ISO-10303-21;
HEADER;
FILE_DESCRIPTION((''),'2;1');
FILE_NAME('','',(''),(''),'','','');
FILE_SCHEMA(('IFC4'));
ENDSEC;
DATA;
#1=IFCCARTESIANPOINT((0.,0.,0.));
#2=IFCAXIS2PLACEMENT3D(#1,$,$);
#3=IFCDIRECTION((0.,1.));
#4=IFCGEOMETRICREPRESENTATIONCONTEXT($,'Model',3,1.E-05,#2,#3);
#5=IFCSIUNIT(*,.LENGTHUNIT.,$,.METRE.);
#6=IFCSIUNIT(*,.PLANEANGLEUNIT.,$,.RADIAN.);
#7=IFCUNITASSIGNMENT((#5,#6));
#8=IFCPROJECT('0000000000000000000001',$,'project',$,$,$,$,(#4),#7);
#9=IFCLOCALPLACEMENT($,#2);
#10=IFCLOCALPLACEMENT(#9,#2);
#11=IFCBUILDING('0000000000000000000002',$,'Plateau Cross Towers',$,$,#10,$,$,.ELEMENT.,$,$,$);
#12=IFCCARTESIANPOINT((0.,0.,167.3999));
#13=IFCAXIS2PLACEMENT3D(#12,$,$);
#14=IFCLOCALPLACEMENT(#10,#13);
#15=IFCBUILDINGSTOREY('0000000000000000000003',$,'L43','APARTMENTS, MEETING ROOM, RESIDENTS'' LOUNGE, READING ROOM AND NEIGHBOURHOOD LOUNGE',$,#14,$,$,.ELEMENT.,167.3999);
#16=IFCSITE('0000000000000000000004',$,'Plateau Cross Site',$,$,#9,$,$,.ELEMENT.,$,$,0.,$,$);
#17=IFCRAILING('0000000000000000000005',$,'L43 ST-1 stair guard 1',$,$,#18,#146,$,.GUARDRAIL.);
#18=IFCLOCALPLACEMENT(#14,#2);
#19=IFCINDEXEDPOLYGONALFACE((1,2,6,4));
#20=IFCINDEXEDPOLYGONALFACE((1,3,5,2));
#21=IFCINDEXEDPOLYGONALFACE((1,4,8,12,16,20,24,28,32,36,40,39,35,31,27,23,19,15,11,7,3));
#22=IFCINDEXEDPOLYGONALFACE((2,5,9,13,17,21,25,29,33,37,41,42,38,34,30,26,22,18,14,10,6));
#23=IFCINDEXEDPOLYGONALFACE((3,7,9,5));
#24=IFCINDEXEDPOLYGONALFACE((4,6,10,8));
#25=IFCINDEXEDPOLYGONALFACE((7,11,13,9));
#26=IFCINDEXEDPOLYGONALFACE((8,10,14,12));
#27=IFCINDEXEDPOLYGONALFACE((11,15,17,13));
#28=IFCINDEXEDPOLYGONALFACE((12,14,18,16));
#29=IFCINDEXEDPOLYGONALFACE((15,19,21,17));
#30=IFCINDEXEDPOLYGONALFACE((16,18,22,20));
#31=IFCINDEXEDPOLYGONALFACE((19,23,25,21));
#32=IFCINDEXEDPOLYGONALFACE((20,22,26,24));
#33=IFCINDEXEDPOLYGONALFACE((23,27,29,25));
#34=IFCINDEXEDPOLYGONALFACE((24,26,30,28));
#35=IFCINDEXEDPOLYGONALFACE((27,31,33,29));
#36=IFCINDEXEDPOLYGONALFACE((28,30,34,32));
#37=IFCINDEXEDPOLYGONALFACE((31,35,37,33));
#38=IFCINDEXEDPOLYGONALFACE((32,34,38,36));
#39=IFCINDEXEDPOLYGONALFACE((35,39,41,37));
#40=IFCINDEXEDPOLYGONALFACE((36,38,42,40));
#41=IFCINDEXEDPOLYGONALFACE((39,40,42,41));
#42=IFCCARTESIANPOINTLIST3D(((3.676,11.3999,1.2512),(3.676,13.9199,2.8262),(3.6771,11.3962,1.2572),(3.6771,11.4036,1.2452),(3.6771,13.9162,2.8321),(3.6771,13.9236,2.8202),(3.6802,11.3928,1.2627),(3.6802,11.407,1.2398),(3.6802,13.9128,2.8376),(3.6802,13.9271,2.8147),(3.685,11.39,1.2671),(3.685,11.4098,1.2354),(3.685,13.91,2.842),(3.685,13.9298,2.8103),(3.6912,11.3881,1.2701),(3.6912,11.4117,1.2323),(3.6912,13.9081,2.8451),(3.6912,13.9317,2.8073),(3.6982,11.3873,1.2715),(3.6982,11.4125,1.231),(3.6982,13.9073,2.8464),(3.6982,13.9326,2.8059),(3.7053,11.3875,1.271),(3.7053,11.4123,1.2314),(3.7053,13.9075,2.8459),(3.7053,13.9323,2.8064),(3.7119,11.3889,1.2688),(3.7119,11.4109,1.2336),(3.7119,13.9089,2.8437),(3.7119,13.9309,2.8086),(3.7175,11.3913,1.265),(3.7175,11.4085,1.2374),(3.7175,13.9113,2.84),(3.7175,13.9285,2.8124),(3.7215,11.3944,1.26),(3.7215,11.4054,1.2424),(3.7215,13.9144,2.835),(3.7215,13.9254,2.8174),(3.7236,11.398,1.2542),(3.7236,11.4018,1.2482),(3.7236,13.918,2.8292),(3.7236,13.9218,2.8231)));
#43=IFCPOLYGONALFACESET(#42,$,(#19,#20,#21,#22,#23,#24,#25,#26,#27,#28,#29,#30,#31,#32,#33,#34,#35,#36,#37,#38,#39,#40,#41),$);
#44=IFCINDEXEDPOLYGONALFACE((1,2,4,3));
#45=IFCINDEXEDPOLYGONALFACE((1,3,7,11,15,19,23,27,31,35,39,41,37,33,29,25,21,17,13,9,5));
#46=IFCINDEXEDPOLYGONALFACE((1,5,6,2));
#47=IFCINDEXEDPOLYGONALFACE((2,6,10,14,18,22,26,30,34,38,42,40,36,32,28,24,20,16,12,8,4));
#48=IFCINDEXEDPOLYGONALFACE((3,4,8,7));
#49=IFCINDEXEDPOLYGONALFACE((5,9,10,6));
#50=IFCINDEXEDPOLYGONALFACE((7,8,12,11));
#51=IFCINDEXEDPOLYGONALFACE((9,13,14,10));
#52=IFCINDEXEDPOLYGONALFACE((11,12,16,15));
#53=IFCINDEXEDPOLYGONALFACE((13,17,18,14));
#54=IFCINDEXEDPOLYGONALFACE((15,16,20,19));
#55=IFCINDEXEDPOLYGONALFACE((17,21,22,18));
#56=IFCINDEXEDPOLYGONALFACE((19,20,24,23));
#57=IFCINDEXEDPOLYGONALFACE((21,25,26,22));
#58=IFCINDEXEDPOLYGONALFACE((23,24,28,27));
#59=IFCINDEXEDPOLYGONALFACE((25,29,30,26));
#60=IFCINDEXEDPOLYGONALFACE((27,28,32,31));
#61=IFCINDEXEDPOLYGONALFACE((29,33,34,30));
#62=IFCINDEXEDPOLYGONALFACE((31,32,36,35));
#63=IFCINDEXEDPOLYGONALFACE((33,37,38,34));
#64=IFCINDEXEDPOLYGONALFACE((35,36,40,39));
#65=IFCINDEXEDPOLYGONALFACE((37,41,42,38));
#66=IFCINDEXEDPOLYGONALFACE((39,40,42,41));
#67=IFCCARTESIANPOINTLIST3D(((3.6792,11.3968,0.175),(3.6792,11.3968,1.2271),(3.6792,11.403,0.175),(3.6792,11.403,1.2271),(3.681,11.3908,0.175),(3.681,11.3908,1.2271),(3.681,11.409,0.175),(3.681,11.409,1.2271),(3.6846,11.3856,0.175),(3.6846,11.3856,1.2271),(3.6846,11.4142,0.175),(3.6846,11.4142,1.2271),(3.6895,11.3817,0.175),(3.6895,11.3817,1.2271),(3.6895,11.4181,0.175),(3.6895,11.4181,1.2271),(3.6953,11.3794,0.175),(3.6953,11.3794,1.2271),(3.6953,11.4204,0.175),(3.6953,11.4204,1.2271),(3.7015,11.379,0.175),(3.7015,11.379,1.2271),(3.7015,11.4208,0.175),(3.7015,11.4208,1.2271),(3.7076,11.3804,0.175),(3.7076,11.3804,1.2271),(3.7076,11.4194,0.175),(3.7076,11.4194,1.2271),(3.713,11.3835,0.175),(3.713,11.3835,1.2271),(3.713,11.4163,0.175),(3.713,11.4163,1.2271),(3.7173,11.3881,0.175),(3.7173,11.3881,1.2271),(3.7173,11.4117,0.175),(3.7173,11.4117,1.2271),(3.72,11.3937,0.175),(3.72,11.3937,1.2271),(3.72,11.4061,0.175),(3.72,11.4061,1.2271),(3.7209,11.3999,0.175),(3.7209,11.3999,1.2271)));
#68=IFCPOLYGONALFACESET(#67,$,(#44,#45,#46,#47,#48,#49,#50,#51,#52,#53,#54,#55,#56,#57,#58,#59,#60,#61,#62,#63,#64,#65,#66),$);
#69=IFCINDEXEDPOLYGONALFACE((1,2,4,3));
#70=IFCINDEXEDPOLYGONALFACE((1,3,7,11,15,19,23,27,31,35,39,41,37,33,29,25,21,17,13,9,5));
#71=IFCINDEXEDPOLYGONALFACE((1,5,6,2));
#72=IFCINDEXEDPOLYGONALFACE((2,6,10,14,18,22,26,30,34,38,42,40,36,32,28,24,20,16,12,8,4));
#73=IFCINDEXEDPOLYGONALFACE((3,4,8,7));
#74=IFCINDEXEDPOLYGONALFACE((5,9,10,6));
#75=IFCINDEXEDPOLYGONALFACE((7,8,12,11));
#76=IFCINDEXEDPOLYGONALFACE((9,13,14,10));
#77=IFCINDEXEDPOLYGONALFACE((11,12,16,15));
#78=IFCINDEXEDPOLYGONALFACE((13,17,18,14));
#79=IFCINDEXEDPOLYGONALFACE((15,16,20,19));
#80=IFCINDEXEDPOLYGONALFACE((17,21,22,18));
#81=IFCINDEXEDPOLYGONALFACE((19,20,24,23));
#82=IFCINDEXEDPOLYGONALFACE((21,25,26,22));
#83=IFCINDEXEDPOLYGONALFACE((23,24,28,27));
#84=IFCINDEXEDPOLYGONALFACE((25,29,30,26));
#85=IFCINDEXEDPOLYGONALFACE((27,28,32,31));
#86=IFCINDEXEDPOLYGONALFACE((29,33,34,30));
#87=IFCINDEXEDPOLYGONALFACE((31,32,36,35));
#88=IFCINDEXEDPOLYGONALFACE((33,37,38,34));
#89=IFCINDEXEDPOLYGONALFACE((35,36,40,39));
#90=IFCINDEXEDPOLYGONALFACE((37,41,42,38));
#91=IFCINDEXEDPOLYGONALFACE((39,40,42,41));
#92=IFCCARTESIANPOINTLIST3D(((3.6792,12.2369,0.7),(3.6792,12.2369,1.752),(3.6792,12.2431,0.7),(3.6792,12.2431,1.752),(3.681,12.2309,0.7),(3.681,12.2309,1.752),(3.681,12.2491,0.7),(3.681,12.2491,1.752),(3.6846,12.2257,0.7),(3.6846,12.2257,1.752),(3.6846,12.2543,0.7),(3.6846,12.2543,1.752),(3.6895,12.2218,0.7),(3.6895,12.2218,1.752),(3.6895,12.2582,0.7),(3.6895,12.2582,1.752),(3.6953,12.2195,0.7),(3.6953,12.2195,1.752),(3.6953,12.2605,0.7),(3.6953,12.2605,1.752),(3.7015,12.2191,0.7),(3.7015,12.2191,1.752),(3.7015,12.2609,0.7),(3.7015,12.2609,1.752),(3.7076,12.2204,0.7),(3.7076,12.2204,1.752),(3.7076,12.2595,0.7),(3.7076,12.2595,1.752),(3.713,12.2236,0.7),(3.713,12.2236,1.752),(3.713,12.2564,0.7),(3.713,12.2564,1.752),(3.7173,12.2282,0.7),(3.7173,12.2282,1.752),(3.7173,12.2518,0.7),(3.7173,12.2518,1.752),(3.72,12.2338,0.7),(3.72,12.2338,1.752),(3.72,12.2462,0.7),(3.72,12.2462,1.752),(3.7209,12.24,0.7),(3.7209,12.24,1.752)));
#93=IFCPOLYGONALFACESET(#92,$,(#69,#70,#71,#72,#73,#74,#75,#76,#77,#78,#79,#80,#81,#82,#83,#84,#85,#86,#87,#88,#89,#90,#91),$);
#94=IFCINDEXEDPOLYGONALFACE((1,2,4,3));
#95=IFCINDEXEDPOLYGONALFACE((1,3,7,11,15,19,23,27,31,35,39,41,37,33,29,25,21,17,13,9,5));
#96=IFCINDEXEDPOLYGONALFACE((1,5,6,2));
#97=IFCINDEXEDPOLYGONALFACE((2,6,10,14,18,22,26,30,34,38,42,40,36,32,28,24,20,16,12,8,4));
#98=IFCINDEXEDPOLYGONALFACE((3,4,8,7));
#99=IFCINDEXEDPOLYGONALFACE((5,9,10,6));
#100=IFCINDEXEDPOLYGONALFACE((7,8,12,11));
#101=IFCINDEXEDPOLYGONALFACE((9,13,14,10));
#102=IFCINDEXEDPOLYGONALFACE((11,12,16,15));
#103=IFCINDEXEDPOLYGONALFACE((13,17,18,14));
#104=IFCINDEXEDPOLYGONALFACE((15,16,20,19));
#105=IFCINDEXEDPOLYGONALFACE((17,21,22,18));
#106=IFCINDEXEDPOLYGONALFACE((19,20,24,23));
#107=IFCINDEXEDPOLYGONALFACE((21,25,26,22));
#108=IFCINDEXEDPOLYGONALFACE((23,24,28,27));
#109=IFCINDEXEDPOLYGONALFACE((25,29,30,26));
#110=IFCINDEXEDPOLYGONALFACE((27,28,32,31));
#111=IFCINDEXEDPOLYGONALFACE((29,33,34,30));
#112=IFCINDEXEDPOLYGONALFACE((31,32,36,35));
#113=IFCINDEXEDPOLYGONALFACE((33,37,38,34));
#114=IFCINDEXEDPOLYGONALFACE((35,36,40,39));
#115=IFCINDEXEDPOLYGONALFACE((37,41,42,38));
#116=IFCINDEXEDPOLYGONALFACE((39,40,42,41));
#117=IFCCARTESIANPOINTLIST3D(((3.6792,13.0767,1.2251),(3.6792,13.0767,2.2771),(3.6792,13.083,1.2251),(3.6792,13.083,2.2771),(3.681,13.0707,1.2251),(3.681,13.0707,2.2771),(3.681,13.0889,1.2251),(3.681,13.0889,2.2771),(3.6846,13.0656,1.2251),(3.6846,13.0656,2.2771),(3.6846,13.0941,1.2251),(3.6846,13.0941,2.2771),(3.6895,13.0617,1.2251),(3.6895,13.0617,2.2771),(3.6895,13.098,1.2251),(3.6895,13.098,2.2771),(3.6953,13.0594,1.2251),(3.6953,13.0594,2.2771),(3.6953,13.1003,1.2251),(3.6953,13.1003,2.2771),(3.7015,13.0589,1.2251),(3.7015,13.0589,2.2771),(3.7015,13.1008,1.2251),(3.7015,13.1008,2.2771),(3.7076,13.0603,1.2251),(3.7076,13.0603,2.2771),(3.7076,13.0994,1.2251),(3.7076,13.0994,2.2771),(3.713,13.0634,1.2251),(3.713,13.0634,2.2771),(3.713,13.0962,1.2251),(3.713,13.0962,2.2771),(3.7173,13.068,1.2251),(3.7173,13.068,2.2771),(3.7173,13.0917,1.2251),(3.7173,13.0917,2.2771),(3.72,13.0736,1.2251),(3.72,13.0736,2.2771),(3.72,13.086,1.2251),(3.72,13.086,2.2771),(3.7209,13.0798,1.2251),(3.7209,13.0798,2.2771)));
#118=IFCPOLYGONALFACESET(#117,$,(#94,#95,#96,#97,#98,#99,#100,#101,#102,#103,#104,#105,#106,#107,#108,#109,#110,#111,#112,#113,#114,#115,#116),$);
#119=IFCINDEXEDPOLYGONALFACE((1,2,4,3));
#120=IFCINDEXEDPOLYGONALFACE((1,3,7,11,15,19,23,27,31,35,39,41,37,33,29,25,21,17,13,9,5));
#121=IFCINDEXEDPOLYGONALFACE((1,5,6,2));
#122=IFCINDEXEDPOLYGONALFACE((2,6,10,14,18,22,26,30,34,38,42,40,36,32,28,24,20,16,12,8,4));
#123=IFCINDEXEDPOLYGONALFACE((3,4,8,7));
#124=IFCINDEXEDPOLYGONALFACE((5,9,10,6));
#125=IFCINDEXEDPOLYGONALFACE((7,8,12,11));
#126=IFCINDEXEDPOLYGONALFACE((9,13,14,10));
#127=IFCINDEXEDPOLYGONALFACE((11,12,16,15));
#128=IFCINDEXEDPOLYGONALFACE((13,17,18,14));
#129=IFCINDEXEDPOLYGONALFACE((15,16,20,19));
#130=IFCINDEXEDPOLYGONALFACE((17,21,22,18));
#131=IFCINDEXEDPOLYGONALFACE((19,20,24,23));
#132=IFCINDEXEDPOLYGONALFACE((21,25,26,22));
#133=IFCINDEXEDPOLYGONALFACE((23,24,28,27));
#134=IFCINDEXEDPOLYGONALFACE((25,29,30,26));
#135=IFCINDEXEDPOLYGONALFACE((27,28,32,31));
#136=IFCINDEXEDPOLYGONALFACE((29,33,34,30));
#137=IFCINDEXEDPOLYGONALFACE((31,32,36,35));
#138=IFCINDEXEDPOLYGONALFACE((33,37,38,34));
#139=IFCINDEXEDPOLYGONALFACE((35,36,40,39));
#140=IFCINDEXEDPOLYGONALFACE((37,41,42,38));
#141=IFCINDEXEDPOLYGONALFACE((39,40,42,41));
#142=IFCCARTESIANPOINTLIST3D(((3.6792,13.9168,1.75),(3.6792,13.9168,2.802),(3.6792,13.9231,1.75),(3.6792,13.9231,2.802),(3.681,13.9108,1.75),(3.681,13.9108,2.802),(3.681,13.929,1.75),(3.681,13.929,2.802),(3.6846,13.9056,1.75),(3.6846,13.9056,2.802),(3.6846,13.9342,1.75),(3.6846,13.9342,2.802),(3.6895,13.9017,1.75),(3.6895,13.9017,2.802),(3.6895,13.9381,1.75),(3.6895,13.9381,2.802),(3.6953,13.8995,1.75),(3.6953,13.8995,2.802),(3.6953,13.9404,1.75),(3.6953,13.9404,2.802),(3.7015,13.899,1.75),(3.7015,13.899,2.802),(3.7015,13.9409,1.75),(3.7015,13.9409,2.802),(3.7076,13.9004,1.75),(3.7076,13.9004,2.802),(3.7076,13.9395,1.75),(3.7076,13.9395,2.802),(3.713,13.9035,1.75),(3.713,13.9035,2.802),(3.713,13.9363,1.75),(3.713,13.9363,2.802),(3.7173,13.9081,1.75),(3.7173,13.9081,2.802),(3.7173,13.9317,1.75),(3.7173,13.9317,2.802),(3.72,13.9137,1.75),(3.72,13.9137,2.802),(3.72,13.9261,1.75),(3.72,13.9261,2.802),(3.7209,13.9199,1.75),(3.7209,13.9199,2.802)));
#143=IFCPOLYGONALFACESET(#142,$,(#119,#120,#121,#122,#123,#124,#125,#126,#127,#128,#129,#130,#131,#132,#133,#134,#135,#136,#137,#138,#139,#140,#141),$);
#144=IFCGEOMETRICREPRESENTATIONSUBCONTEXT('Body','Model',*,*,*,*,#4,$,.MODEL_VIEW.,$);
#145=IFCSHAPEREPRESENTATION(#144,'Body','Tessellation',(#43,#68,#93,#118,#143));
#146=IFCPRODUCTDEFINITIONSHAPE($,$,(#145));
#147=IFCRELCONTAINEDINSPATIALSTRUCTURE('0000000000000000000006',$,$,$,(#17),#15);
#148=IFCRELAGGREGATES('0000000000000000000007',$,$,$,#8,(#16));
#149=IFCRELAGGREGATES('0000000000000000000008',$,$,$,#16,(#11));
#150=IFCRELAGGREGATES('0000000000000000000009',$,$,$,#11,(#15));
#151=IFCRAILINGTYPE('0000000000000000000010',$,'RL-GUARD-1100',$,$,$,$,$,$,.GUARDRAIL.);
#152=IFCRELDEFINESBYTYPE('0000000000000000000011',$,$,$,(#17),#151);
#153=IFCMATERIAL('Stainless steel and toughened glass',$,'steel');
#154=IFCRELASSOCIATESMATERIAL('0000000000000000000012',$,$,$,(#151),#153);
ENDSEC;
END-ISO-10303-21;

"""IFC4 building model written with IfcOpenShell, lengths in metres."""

from ifc_helpers import new_model, si_unit, direction, frame, origin, origin_2d, place, context, subcontext, project, spatial, circle, extrude, material, type_object, element, save


model = new_model("IFC4")

# Units and contexts
model_context = context("Model", 3, precision=1e-05, world=origin(), true_north=direction((0.0, 1.0)))
body_context = subcontext(model_context, "Body", "Model", "MODEL_VIEW")
ifc_project = project(units=[si_unit("LENGTHUNIT", "METRE"), si_unit("PLANEANGLEUNIT", "RADIAN")], contexts=[model_context])

# Site, building, storey
site_placement = place(None, origin())
site = spatial("IfcSite", under=ifc_project, at=site_placement, Name="Plateau Cross Site", CompositionType="ELEMENT", RefElevation=0.0)
building_placement = place(site_placement, origin())
building = spatial("IfcBuilding", under=site, at=building_placement, Name="Plateau Cross Towers", CompositionType="ELEMENT")
storey_placement = place(building_placement, frame((0.0, 0.0, 167.3999)))
storey = spatial("IfcBuildingStorey", under=building, at=storey_placement, Name="L43", Description="APARTMENTS, MEETING ROOM, RESIDENTS' LOUNGE, READING ROOM AND NEIGHBOURHOOD LOUNGE", CompositionType="ELEMENT", Elevation=167.3999)

# Railing
ifc_material_1 = material(Name="Stainless steel and toughened glass", Category="steel")
railing_type_1 = type_object("IfcRailingType", Name="RL-GUARD-1100", PredefinedType="GUARDRAIL", material=ifc_material_1)
railing_1_placement = place(storey_placement, frame((3.7, 11.3999, 0.175)))
element("IfcRailing", 1, at=railing_1_placement, inside=storey, type_object=railing_type_1, Name="L43 ST-1 stair guard 1", PredefinedType="GUARDRAIL", context=body_context, shape_type="SweptSolid", body=[
    extrude(circle(Radius=0.0239, at=origin_2d()), frame((0.0, 0.0, 1.0762), z_axis=(0.0, 0.848008, 0.529984), x_axis=(-1.0, 0.0, 0.0)), (0.0, 0.0, 1.0), 2.9717),
    extrude(circle(Radius=0.021, at=origin_2d()), origin(), (0.0, 0.0, 1.0), 1.052),
    extrude(circle(Radius=0.021, at=origin_2d()), frame((0.0, 0.8401, 0.5249)), (0.0, 0.0, 1.0), 1.052),
    extrude(circle(Radius=0.021, at=origin_2d()), frame((0.0, 1.6799, 1.05)), (0.0, 0.0, 1.0), 1.052),
    extrude(circle(Radius=0.021, at=origin_2d()), frame((0.0, 2.52, 1.575)), (0.0, 0.0, 1.0), 1.052),
])

save(model, "model.ifc")
